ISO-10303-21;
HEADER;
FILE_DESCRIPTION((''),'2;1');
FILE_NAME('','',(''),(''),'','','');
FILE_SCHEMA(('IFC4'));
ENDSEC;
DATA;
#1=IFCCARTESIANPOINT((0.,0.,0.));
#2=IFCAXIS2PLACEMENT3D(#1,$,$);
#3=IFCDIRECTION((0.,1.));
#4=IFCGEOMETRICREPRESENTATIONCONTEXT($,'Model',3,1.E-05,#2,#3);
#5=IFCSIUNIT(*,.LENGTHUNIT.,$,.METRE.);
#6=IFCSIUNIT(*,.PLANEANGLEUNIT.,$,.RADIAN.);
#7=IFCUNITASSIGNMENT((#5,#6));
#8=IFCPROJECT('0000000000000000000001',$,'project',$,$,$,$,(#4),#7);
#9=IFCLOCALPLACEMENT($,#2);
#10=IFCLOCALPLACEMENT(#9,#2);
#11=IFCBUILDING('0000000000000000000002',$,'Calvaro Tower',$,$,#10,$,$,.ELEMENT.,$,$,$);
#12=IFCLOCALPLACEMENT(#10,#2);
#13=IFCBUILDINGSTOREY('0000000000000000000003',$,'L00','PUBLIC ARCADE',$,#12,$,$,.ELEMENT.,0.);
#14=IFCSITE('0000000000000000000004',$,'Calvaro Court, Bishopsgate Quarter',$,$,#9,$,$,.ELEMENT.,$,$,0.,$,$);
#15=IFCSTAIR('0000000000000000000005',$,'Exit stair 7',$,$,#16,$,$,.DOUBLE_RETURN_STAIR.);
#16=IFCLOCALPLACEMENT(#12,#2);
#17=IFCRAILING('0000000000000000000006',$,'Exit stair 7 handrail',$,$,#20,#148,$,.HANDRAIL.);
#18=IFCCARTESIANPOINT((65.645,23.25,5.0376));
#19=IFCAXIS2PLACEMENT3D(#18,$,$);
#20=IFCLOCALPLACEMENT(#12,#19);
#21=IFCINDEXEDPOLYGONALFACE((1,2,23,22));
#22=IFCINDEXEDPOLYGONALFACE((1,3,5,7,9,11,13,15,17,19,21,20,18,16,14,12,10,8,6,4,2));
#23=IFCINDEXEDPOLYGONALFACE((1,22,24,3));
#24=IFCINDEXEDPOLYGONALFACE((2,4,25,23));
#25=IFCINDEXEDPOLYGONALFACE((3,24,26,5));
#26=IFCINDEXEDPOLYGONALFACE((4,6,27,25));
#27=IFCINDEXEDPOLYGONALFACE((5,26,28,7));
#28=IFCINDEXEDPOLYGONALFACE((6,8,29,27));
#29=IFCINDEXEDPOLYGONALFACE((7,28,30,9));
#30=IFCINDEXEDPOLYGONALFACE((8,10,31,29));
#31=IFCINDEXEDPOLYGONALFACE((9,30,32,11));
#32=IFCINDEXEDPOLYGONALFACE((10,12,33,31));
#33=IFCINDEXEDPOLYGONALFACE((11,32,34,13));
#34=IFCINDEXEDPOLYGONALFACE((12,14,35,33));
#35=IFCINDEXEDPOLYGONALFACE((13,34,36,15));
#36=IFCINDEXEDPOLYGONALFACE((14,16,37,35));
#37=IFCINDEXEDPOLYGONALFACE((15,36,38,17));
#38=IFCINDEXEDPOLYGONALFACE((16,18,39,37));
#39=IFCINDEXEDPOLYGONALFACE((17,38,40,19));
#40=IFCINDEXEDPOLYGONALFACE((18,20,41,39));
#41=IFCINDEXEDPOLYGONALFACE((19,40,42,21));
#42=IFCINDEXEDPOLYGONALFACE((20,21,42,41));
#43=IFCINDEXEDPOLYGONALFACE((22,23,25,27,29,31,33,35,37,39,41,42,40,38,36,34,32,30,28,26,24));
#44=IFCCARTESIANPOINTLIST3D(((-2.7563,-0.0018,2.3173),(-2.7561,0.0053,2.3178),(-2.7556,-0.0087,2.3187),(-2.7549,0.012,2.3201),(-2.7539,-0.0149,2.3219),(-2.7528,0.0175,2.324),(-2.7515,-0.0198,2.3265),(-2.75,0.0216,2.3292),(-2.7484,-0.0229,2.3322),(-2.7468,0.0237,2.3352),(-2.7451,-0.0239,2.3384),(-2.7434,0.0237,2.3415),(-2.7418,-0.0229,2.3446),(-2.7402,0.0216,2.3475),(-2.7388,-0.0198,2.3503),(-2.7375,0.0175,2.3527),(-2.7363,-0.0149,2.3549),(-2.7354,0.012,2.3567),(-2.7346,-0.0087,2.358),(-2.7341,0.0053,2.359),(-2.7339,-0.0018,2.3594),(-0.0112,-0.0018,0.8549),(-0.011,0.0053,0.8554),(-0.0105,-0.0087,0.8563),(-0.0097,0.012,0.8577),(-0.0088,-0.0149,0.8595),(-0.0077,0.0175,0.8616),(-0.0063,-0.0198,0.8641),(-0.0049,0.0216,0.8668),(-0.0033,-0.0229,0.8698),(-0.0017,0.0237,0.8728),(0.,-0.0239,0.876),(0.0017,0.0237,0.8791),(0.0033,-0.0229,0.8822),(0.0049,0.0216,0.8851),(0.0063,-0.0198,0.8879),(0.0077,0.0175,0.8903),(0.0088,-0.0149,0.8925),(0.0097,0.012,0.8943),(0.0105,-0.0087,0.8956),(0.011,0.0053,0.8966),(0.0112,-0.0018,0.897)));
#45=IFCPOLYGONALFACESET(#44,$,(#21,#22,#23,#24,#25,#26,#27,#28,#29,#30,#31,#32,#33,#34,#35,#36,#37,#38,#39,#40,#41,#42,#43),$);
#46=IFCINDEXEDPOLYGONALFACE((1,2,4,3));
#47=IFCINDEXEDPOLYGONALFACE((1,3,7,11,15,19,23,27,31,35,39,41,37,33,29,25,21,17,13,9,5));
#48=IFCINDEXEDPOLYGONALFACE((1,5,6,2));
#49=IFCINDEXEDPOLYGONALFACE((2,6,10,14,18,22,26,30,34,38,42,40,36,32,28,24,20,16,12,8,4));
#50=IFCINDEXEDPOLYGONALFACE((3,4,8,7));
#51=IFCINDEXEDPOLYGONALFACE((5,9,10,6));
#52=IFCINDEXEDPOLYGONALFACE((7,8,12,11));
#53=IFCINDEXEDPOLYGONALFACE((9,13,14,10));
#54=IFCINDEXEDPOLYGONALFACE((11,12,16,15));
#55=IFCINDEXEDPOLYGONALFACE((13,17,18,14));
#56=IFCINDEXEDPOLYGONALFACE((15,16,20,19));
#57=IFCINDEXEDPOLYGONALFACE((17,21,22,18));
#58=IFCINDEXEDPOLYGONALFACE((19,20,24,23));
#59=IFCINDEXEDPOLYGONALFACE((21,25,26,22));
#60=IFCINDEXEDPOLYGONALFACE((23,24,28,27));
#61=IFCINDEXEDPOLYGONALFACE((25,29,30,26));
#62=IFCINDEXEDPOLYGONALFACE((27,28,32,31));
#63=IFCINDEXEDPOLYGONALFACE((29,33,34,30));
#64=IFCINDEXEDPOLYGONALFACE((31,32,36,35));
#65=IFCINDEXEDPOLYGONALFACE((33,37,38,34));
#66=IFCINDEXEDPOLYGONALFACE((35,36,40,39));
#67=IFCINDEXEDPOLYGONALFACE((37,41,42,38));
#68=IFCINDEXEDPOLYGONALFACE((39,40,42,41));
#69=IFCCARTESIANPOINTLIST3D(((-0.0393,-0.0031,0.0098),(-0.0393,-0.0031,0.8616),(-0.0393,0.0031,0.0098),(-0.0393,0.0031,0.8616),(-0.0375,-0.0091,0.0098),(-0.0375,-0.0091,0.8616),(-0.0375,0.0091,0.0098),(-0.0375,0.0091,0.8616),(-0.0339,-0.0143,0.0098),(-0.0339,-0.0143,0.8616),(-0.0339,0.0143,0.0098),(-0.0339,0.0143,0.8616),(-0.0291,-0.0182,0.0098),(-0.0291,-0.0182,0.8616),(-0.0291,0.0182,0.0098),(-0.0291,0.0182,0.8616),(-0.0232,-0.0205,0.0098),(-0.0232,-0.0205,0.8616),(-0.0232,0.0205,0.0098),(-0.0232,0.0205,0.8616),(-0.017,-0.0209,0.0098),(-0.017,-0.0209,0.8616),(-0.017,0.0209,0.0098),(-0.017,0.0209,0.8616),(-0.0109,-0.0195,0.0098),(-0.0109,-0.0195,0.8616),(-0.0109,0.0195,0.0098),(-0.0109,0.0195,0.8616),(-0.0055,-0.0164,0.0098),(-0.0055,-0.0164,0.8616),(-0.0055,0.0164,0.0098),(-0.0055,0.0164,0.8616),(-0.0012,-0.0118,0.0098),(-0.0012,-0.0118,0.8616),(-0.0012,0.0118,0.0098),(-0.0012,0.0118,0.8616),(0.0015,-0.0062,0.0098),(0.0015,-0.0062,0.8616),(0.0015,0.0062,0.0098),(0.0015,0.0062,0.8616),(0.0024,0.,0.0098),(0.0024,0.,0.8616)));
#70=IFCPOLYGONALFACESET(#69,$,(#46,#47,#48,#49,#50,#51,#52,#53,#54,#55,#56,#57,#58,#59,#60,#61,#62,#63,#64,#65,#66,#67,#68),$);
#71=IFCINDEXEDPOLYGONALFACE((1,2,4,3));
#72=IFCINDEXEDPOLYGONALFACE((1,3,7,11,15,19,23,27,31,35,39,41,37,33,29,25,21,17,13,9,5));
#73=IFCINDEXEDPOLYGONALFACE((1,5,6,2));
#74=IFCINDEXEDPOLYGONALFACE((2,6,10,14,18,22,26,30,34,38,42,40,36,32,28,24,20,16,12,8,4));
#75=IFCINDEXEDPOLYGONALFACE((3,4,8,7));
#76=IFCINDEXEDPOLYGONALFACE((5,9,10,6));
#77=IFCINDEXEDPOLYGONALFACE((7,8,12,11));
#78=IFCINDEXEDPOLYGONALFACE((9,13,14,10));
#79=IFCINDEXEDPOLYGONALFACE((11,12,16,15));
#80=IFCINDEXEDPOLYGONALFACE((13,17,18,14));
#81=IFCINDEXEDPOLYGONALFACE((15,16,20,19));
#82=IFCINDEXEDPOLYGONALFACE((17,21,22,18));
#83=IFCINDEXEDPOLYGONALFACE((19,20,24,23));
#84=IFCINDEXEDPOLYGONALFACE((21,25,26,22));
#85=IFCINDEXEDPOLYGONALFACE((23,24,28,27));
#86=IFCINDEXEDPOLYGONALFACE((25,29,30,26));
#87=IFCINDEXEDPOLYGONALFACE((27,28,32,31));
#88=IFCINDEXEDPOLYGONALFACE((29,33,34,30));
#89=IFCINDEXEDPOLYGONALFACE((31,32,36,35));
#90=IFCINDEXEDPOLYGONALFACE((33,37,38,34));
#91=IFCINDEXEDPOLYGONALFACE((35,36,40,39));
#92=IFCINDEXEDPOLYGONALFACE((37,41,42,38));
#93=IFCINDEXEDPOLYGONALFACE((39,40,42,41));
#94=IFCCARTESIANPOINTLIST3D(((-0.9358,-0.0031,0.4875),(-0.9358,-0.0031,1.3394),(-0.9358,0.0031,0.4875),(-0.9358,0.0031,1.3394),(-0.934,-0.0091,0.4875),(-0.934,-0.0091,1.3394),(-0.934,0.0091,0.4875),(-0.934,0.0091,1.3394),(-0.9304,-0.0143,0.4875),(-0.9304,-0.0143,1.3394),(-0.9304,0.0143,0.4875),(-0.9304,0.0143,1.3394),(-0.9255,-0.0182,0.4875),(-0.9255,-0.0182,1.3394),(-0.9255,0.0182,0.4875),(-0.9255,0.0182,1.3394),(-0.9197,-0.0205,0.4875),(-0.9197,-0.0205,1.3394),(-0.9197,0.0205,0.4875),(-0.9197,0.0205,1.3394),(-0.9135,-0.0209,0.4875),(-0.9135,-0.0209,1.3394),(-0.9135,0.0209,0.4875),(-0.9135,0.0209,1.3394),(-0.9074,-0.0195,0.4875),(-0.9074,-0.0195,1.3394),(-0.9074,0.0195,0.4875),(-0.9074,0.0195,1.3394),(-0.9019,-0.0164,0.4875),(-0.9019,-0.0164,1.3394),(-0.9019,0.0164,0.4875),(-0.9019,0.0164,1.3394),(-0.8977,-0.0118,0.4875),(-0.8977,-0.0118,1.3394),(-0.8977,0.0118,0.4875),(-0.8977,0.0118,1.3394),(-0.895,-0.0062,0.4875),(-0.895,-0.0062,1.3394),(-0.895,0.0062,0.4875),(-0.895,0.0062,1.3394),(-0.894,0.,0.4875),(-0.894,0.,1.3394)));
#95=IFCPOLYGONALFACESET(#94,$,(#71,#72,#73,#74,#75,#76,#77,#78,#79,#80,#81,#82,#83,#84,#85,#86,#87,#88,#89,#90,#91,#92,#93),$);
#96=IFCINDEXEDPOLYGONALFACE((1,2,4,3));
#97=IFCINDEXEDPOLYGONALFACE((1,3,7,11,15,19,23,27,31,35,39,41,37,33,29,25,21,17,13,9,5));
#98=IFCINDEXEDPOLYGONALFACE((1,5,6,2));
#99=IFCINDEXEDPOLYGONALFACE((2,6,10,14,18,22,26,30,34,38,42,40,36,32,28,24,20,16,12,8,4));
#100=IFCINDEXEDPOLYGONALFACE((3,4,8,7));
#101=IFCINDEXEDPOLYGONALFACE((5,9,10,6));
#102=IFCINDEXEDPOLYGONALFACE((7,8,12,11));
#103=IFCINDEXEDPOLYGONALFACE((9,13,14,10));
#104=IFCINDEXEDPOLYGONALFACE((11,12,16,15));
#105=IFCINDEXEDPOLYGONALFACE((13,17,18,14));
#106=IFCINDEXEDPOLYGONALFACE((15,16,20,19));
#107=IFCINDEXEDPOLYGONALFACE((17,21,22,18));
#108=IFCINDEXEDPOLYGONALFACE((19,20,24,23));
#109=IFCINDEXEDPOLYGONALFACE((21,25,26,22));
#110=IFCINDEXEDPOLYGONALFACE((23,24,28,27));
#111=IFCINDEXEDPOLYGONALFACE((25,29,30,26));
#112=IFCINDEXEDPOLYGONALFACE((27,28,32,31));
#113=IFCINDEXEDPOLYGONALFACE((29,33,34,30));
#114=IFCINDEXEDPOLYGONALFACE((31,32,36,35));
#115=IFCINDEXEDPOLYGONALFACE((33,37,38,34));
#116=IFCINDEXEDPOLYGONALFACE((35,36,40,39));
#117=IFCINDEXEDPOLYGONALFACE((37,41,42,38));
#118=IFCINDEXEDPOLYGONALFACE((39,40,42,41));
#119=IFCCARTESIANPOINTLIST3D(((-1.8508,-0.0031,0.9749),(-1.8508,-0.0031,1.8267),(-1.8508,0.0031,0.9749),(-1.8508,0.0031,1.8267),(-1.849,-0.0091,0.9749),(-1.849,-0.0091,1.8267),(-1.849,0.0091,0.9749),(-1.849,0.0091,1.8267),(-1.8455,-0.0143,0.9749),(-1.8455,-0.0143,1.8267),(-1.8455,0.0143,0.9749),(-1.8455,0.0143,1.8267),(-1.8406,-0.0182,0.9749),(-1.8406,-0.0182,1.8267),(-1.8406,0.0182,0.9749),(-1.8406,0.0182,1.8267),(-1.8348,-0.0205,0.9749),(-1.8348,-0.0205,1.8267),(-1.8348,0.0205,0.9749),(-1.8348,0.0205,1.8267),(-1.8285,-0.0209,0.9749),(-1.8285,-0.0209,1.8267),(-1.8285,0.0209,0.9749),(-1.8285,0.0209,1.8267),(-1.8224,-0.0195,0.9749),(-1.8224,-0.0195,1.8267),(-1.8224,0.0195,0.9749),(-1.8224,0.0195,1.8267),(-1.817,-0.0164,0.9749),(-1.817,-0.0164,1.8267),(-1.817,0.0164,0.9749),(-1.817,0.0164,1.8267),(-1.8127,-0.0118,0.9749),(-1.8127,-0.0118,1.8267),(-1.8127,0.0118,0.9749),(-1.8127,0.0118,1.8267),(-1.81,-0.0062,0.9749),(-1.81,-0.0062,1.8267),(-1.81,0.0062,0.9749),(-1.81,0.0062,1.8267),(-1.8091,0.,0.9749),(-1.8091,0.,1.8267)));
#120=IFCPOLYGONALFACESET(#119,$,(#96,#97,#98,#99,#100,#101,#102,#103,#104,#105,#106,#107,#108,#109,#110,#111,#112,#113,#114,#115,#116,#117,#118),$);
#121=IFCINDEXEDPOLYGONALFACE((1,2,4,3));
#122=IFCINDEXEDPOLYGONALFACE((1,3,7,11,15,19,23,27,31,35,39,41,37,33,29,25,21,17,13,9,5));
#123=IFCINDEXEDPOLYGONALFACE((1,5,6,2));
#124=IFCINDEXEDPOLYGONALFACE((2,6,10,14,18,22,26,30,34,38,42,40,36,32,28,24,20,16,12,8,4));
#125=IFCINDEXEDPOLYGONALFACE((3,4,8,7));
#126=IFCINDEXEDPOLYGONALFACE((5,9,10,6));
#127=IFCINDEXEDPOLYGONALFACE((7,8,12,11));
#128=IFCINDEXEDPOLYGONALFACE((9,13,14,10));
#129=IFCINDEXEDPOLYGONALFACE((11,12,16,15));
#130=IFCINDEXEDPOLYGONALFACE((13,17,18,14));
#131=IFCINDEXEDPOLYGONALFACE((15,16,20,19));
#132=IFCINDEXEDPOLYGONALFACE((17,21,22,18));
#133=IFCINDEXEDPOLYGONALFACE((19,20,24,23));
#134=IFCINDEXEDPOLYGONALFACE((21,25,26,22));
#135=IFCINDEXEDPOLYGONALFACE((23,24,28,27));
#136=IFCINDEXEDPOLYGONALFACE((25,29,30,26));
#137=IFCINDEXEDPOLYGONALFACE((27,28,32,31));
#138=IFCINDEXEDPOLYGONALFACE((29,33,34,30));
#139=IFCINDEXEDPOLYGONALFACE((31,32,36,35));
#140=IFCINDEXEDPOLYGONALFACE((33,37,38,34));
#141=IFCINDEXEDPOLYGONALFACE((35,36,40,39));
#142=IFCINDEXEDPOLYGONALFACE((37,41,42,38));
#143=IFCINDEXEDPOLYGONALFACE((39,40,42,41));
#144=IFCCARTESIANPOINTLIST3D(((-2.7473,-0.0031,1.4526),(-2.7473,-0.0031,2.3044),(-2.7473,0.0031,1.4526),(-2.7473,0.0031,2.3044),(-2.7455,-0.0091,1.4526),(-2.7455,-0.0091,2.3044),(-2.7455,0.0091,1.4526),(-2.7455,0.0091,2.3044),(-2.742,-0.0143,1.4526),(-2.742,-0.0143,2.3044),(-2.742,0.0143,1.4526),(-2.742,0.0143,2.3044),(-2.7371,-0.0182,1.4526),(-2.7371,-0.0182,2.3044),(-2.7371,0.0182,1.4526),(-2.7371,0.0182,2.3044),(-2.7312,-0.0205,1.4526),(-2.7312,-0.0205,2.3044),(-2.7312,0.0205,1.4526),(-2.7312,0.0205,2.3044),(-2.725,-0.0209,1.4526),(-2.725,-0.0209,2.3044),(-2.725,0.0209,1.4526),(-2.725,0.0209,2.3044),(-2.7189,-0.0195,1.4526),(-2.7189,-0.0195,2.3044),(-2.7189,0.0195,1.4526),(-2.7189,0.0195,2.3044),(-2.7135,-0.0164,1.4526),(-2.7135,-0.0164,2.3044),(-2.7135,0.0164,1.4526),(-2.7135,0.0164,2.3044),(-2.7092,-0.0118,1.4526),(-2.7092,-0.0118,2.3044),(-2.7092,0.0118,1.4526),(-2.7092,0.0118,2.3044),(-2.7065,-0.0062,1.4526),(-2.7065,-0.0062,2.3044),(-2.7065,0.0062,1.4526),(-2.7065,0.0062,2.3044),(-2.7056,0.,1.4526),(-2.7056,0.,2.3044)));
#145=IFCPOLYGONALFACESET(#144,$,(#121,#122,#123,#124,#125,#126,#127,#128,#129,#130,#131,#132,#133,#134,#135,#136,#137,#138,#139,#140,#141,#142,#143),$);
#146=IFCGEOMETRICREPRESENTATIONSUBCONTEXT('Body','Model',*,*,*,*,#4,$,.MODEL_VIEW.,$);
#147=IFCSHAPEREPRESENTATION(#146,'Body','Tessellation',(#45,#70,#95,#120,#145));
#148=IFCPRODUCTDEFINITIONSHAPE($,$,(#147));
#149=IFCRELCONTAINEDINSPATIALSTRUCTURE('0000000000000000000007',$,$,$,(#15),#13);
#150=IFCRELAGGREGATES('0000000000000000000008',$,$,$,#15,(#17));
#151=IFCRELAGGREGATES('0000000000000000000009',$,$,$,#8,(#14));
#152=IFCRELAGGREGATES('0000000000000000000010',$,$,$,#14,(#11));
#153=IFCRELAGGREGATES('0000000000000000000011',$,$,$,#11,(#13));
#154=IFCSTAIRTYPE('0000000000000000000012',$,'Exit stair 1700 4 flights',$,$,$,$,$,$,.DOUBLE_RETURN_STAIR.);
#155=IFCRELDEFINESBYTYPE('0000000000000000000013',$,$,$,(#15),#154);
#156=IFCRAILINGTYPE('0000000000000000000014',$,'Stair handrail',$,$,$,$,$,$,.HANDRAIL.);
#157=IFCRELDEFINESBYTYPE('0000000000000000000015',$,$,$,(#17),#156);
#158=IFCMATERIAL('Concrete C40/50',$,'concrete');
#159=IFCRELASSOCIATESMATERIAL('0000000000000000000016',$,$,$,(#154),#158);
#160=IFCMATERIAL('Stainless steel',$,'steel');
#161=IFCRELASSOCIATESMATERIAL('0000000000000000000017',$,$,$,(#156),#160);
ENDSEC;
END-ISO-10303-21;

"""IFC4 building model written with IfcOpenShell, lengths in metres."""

from ifc_helpers import new_model, si_unit, direction, frame, origin, origin_2d, place, context, subcontext, project, spatial, circle, extrude, material, type_object, element, aggregate, save


model = new_model("IFC4")

# Units and contexts
model_context = context("Model", 3, precision=1e-05, world=origin(), true_north=direction((0.0, 1.0)))
body_context = subcontext(model_context, "Body", "Model", "MODEL_VIEW")
ifc_project = project(units=[si_unit("LENGTHUNIT", "METRE"), si_unit("PLANEANGLEUNIT", "RADIAN")], contexts=[model_context])

# Site, building, storey
site_placement = place(None, origin())
site = spatial("IfcSite", under=ifc_project, at=site_placement, Name="Calvaro Court, Bishopsgate Quarter", CompositionType="ELEMENT", RefElevation=0.0)
building_placement = place(site_placement, origin())
building = spatial("IfcBuilding", under=site, at=building_placement, Name="Calvaro Tower", CompositionType="ELEMENT")
storey_placement = place(building_placement, origin())
storey = spatial("IfcBuildingStorey", under=building, at=storey_placement, Name="L00", Description="PUBLIC ARCADE", CompositionType="ELEMENT", Elevation=0.0)

# Stair, railing
ifc_material_1 = material(Name="Concrete C40/50", Category="concrete")
stair_type = type_object("IfcStairType", Name="Exit stair 1700 4 flights", PredefinedType="DOUBLE_RETURN_STAIR", material=ifc_material_1)
stair_placement = place(storey_placement, origin())
stair = element("IfcStair", 1, at=stair_placement, inside=storey, type_object=stair_type, Name="Exit stair 7", PredefinedType="DOUBLE_RETURN_STAIR")
ifc_material_2 = material(Name="Stainless steel", Category="steel")
railing_type = type_object("IfcRailingType", Name="Stair handrail", PredefinedType="HANDRAIL", material=ifc_material_2)
railing_1_placement = place(storey_placement, frame((65.645, 23.25, 5.0376)))
railing_1 = element("IfcRailing", 2, at=railing_1_placement, type_object=railing_type, Name="Exit stair 7 handrail", PredefinedType="HANDRAIL", context=body_context, shape_type="SweptSolid", body=[
    extrude(circle(Radius=0.0239, at=origin_2d()), frame((0.0, 0.0, 0.876), z_axis=(-0.882574, 0.0, 0.470173), x_axis=(0.0, -1.0, 0.0)), (0.0, 0.0, 1.0), 3.1104),
    extrude(circle(Radius=0.021, at=origin_2d()), frame((-0.0186, 0.0, 0.0098)), (0.0, 0.0, 1.0), 0.8518),
    extrude(circle(Radius=0.021, at=origin_2d()), frame((-0.915, 0.0, 0.4875)), (0.0, 0.0, 1.0), 0.8518),
    extrude(circle(Radius=0.021, at=origin_2d()), frame((-1.8301, 0.0, 0.9749)), (0.0, 0.0, 1.0), 0.8518),
    extrude(circle(Radius=0.021, at=origin_2d()), frame((-2.7266, 0.0, 1.4526)), (0.0, 0.0, 1.0), 0.8518),
])
aggregate(stair, [railing_1])

save(model, "model.ifc")
